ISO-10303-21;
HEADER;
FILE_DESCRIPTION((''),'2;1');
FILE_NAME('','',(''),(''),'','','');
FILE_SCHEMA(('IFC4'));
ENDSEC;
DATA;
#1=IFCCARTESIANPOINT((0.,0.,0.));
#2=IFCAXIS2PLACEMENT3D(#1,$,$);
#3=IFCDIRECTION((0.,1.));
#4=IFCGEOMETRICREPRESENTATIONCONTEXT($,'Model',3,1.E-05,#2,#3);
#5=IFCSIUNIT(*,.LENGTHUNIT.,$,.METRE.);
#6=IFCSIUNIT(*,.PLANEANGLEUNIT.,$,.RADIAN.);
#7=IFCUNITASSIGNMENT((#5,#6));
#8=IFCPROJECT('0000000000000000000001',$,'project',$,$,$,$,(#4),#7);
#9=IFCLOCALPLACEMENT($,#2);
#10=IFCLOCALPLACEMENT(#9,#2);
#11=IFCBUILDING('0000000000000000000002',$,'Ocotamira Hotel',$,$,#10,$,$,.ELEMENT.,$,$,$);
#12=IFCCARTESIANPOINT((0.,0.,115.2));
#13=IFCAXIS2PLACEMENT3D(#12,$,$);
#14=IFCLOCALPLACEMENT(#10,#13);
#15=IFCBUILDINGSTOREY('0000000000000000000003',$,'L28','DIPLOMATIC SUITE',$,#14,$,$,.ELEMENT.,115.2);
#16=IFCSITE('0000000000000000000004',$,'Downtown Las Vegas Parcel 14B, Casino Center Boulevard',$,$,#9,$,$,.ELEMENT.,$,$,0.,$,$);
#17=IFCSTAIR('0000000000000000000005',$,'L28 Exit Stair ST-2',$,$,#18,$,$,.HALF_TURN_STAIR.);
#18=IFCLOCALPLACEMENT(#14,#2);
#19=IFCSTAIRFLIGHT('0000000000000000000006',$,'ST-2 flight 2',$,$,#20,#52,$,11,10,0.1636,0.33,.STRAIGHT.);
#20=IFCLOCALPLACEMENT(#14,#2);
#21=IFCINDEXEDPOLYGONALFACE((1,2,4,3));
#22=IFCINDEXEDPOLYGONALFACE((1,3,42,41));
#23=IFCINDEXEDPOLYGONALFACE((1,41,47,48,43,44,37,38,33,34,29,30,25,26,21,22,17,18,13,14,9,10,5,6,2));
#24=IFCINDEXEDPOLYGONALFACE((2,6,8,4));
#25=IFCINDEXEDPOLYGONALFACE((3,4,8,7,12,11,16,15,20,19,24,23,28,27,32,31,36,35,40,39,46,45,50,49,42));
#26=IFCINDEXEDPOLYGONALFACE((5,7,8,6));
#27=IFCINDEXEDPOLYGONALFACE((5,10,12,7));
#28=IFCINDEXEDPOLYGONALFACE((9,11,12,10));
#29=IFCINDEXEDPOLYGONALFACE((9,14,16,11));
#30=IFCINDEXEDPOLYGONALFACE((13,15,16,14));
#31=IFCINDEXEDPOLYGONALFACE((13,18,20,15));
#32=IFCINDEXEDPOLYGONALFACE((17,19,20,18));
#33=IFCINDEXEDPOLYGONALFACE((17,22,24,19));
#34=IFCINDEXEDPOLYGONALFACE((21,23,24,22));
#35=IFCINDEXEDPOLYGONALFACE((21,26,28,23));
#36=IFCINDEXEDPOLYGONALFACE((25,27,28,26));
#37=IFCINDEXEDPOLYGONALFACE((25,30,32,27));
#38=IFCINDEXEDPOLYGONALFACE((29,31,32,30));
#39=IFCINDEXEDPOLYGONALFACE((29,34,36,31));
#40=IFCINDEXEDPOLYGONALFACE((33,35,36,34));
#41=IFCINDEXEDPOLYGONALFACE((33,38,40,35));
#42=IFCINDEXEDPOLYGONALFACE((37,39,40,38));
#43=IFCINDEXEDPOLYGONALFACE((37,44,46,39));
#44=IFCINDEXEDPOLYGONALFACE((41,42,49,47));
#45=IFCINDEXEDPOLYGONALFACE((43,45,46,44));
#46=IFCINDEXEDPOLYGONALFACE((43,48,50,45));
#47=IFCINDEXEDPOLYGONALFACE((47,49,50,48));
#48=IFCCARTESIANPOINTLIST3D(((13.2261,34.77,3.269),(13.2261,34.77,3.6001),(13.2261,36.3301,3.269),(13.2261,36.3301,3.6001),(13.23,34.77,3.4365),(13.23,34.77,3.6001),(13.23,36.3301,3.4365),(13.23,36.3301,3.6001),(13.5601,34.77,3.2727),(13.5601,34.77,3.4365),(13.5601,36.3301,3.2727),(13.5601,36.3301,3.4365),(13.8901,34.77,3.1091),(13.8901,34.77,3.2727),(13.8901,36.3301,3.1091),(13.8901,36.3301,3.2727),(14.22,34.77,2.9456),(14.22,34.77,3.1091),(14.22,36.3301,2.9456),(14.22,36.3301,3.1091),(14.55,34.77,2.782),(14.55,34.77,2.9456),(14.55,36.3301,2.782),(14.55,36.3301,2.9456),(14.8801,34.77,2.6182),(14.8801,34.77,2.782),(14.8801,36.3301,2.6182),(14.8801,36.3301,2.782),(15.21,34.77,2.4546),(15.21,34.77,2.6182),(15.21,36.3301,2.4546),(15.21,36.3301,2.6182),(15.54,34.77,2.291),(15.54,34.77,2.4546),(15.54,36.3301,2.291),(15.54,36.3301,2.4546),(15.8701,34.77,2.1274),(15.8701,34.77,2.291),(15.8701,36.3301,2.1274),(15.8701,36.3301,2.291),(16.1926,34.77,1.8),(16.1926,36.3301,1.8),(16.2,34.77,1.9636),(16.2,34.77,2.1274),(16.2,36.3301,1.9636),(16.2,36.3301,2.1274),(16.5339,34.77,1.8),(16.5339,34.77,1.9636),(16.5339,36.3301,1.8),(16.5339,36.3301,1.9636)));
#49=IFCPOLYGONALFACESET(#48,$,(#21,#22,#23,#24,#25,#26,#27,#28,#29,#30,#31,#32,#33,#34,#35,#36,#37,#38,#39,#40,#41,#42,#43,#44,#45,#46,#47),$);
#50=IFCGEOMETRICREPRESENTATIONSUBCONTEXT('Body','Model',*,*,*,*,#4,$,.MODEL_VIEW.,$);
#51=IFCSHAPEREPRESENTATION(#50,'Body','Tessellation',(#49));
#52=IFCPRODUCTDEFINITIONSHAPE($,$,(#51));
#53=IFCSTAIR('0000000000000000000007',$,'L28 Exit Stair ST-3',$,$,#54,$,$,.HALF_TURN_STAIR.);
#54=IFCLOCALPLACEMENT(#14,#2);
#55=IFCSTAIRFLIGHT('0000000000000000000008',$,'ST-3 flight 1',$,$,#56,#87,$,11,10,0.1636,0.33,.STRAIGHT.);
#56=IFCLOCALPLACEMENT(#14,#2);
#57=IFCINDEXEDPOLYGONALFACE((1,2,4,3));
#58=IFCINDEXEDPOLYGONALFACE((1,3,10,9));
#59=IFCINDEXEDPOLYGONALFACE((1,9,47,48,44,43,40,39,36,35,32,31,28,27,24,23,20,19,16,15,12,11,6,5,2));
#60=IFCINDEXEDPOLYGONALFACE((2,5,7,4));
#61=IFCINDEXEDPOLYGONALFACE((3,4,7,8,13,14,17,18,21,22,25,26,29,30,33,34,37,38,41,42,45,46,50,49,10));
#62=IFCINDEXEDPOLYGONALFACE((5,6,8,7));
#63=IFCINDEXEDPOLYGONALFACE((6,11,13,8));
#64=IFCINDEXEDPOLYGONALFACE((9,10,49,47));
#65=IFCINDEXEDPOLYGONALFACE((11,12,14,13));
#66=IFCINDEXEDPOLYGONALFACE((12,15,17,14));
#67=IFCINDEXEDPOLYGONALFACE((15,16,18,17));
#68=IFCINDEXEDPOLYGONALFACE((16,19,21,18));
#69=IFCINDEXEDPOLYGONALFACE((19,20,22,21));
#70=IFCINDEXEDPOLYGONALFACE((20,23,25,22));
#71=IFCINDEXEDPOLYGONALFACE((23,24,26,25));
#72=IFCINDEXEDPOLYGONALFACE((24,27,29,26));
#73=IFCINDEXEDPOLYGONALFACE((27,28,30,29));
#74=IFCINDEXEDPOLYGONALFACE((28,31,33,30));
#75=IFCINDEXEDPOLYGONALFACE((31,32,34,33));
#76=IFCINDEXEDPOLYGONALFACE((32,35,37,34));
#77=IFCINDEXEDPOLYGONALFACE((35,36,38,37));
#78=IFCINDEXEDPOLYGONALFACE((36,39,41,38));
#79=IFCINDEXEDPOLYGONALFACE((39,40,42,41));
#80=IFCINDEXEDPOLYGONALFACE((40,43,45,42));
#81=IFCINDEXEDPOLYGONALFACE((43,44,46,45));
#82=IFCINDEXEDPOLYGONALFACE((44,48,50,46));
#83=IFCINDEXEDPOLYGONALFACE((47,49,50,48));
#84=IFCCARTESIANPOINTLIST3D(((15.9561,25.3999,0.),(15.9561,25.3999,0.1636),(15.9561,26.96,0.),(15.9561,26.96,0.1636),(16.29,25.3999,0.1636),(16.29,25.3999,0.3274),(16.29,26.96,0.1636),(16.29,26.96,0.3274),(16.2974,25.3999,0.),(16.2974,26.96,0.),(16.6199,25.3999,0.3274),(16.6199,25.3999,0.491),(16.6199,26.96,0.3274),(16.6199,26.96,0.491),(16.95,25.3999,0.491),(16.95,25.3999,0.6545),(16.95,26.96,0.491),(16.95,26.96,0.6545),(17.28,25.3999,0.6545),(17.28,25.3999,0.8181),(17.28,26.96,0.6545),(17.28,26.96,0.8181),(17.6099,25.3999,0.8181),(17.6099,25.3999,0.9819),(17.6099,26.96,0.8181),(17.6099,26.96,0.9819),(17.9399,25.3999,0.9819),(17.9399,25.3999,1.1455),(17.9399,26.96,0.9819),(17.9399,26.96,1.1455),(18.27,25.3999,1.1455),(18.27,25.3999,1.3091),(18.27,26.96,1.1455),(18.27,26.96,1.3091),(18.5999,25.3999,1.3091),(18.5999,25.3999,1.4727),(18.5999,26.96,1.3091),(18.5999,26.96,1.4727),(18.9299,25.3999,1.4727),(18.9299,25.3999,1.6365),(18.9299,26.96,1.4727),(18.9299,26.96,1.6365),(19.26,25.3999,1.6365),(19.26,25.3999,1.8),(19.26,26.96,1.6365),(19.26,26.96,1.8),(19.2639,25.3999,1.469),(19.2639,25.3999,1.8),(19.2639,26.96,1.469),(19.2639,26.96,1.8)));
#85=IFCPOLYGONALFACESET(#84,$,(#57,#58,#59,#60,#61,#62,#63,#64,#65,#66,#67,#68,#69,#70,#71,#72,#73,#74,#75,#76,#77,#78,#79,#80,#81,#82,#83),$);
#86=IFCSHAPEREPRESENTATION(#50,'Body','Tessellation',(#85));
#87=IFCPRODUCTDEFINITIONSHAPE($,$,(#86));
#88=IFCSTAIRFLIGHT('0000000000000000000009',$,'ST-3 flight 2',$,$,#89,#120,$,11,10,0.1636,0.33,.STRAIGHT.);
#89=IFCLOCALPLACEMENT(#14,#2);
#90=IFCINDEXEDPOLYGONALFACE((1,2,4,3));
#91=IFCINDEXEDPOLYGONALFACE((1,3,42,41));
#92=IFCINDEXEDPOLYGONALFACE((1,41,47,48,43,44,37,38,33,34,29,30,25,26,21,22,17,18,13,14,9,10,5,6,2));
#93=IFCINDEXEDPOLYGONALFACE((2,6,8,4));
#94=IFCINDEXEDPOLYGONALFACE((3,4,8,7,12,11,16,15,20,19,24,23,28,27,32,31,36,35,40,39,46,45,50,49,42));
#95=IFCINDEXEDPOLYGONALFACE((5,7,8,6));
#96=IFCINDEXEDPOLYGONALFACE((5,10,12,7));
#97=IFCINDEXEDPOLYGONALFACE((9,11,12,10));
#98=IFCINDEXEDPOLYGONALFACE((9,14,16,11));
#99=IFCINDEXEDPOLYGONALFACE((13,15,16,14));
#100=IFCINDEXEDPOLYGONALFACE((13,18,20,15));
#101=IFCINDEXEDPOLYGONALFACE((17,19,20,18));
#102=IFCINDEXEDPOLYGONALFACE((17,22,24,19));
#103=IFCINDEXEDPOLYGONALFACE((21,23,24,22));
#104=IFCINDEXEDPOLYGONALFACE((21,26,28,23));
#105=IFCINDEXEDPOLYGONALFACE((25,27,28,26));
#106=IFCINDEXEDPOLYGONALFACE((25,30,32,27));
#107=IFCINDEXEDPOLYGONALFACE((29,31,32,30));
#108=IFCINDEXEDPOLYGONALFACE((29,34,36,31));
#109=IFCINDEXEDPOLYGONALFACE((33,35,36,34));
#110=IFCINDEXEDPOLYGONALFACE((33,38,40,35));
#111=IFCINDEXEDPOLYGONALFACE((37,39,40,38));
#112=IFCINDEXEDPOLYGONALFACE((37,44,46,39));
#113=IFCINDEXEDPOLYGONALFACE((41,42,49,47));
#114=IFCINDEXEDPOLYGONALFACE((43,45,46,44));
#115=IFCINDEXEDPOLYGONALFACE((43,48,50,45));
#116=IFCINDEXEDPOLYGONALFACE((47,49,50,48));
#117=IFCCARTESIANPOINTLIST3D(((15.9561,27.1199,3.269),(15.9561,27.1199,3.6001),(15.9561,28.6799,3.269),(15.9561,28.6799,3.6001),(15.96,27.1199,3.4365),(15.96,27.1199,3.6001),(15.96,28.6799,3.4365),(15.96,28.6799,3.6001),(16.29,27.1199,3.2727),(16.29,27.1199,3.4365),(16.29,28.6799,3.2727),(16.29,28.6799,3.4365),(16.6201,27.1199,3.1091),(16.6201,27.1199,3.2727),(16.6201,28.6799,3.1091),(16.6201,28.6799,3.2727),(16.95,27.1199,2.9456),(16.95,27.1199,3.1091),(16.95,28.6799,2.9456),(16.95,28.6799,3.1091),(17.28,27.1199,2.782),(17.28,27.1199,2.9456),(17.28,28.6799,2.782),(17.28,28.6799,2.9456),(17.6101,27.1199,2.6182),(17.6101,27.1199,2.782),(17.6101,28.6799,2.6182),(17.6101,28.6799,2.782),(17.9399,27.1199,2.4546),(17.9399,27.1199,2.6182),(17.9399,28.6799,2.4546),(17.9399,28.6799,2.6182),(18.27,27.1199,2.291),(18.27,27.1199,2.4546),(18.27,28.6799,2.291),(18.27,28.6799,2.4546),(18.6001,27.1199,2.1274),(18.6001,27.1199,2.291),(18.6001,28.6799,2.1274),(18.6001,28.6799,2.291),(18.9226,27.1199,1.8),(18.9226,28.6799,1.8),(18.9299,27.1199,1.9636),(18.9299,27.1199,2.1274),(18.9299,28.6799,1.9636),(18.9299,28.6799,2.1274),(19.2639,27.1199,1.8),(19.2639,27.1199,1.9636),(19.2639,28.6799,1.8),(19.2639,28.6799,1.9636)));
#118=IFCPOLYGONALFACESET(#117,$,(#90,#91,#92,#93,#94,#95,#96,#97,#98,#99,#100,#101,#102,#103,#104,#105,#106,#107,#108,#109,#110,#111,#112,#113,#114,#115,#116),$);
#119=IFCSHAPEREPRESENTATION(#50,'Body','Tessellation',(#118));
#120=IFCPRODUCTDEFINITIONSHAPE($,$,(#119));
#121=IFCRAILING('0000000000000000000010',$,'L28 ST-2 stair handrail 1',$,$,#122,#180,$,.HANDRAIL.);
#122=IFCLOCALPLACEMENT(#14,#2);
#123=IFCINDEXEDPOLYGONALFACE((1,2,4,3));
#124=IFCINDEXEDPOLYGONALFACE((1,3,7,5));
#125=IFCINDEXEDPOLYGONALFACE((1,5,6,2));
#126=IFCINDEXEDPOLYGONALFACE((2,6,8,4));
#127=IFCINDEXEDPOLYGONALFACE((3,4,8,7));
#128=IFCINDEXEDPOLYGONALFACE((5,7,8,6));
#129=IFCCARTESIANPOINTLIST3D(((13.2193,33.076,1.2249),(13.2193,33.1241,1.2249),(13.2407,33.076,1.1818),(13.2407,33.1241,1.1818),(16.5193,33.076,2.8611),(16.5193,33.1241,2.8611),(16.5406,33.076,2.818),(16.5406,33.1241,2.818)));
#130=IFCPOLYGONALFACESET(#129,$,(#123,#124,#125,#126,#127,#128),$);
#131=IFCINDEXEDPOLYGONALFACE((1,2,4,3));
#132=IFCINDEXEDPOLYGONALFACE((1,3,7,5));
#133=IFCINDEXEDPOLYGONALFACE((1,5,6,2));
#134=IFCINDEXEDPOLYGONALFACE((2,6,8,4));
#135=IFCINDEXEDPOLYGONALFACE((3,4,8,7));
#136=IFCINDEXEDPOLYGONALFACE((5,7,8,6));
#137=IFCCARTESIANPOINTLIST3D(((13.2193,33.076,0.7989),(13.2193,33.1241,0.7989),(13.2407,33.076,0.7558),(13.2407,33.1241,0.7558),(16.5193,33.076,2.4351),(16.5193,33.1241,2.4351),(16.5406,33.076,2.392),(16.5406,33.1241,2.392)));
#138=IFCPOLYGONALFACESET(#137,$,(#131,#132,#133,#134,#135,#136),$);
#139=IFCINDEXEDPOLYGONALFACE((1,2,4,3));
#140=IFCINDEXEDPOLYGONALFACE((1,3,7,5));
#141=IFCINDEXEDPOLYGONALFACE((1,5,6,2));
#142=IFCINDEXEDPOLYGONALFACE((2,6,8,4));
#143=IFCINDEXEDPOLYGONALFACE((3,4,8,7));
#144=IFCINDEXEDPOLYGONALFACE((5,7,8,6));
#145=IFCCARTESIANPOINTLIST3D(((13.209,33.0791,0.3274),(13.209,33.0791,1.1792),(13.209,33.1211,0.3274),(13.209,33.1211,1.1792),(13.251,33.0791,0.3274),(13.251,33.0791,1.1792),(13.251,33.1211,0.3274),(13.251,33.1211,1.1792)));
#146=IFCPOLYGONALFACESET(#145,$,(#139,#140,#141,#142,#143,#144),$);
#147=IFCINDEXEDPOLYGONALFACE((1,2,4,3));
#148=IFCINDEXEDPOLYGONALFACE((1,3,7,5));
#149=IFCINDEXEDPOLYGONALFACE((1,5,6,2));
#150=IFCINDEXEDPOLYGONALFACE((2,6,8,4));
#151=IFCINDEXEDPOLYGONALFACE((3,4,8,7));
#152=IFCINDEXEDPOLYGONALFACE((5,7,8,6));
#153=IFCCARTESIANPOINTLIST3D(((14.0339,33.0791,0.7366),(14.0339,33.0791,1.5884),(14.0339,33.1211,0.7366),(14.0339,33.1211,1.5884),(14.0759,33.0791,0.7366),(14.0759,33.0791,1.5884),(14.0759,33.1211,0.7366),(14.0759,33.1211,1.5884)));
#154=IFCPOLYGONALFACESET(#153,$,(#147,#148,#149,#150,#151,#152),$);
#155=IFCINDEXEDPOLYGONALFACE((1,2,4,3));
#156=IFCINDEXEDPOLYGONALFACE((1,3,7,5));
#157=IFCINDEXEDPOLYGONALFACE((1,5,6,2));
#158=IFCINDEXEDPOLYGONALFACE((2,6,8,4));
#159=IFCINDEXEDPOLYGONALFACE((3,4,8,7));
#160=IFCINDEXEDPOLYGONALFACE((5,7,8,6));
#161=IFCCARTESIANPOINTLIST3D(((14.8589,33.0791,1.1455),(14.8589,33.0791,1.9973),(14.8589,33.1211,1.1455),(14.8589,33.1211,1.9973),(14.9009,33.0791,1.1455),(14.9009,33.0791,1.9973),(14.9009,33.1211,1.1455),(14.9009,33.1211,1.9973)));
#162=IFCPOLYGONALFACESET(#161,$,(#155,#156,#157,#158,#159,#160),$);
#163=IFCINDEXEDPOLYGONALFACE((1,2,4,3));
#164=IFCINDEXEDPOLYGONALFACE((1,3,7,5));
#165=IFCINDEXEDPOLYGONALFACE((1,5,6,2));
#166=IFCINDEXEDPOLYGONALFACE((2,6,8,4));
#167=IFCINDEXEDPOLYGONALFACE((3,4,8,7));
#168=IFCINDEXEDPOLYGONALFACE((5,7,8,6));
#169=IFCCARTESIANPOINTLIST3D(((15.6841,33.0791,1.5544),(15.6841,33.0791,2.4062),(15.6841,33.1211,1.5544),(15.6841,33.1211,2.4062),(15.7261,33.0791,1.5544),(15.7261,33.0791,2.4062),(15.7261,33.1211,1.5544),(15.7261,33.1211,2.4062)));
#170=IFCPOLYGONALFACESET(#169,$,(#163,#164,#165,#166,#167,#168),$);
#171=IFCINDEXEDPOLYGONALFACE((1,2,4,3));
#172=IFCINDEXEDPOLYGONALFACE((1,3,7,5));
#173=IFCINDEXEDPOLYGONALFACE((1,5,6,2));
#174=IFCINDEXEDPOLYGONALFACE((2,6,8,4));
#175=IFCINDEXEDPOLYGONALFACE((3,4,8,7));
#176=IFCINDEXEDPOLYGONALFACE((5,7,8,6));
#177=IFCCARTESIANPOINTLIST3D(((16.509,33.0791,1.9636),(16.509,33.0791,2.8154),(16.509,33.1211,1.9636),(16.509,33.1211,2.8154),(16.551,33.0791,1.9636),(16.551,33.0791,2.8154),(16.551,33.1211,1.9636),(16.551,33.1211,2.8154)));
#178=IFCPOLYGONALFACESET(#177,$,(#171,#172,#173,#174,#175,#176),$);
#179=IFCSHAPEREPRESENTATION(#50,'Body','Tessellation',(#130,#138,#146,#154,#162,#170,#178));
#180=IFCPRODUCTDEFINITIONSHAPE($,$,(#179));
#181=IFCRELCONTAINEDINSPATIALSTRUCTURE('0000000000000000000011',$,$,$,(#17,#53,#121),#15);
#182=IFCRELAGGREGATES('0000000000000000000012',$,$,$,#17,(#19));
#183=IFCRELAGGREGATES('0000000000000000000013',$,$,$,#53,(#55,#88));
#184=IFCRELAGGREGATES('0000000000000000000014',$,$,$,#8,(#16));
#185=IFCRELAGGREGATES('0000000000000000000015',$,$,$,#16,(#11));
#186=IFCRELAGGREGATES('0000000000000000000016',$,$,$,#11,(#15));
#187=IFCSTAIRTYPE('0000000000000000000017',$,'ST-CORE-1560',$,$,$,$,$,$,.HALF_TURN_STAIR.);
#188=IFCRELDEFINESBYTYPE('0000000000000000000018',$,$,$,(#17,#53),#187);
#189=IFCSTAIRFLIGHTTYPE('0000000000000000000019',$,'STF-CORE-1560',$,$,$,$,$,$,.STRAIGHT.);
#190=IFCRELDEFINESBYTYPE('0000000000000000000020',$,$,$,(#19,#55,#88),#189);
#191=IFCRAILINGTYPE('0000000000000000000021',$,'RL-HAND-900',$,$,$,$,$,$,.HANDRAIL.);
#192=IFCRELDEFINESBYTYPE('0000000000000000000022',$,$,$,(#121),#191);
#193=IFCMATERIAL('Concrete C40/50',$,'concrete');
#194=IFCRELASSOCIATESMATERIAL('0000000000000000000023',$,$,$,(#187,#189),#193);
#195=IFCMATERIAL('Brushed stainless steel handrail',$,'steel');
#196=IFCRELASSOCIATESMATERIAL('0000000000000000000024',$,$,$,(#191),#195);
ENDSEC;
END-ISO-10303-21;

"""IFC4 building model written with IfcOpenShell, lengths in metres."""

from ifc_helpers import new_model, si_unit, direction, frame, origin, origin_2d, place, context, subcontext, project, spatial, polyline, rectangle, outline, extrude, source, transform, mapped, material, type_object, element, aggregate, save


model = new_model("IFC4")

# Units and contexts
model_context = context("Model", 3, precision=1e-05, world=origin(), true_north=direction((0.0, 1.0)))
body_context = subcontext(model_context, "Body", "Model", "MODEL_VIEW")
ifc_project = project(units=[si_unit("LENGTHUNIT", "METRE"), si_unit("PLANEANGLEUNIT", "RADIAN")], contexts=[model_context])

# Site, building, storey
site_placement = place(None, origin())
site = spatial("IfcSite", under=ifc_project, at=site_placement, Name="Downtown Las Vegas Parcel 14B, Casino Center Boulevard", CompositionType="ELEMENT", RefElevation=0.0)
building_placement = place(site_placement, origin())
building = spatial("IfcBuilding", under=site, at=building_placement, Name="Ocotamira Hotel", CompositionType="ELEMENT")
storey_placement = place(building_placement, frame((0.0, 0.0, 115.2)))
storey = spatial("IfcBuildingStorey", under=building, at=storey_placement, Name="L28", Description="DIPLOMATIC SUITE", CompositionType="ELEMENT", Elevation=115.2)

# Stairs, stair flights
ifc_material_1 = material(Name="Concrete C40/50", Category="concrete")
stair_type = type_object("IfcStairType", Name="ST-CORE-1560", PredefinedType="HALF_TURN_STAIR", material=ifc_material_1)
stair_1_placement = place(storey_placement, origin())
stair_1 = element("IfcStair", 1, at=stair_1_placement, inside=storey, type_object=stair_type, Name="L28 Exit Stair ST-2", PredefinedType="HALF_TURN_STAIR")
stair_flight_type = type_object("IfcStairFlightType", Name="STF-CORE-1560", PredefinedType="STRAIGHT", material=ifc_material_1)
shared_shape_1 = source(origin(), body_context, "Body", "SweptSolid", [
    extrude(outline(polyline([(-0.0039, 0.0), (-0.0039, 0.1636), (0.3301, 0.1636), (0.3301, 0.3274), (0.6599, 0.3274), (0.6599, 0.491), (0.99, 0.491), (0.99, 0.6545), (1.3201, 0.6545), (1.3201, 0.8181), (1.6499, 0.8181), (1.6499, 0.9819), (1.98, 0.9819), (1.98, 1.1455), (2.3101, 1.1455), (2.3101, 1.3091), (2.6399, 1.3091), (2.6399, 1.4727), (2.97, 1.4727), (2.97, 1.6365), (3.3, 1.6365), (3.3, 1.8), (3.304, 1.8), (3.304, 1.469), (0.3374, 0.0), (-0.0039, 0.0)])), frame((0.0, 0.78, 0.0), z_axis=(0.0, -1.0, 0.0), x_axis=(1.0, 0.0, 0.0)), (0.0, 0.0, 1.0), 1.5601),
])
stair_flight_1_placement = place(storey_placement, frame((16.53, 35.55, 1.8), z_axis=(0.0, 0.0, 1.0), x_axis=(-1.0, 0.0, 0.0)))
stair_flight_1 = element("IfcStairFlight", 2, at=stair_flight_1_placement, type_object=stair_flight_type, Name="ST-2 flight 2", NumberOfRisers=11, NumberOfTreads=10, PredefinedType="STRAIGHT", RiserHeight=0.1636, TreadLength=0.33, context=body_context, shape_type="MappedRepresentation", body=[
    mapped(shared_shape_1, transform((0.0, 0.0, 0.0), scale=1.0)),
])
aggregate(stair_1, [stair_flight_1])
stair_2_placement = place(storey_placement, origin())
stair_2 = element("IfcStair", 3, at=stair_2_placement, inside=storey, type_object=stair_type, Name="L28 Exit Stair ST-3", PredefinedType="HALF_TURN_STAIR")
stair_flight_2_placement = place(storey_placement, frame((15.96, 26.1799, 0.0), z_axis=(0.0, 0.0, 1.0), x_axis=(1.0, 0.0, 0.0)))
stair_flight_2 = element("IfcStairFlight", 4, at=stair_flight_2_placement, type_object=stair_flight_type, Name="ST-3 flight 1", NumberOfRisers=11, NumberOfTreads=10, PredefinedType="STRAIGHT", RiserHeight=0.1636, TreadLength=0.33, context=body_context, shape_type="MappedRepresentation", body=[
    mapped(shared_shape_1, transform((0.0, 0.0, 0.0), scale=1.0)),
])
stair_flight_3_placement = place(storey_placement, frame((19.26, 27.8999, 1.8), z_axis=(0.0, 0.0, 1.0), x_axis=(-1.0, 0.0, 0.0)))
stair_flight_3 = element("IfcStairFlight", 5, at=stair_flight_3_placement, type_object=stair_flight_type, Name="ST-3 flight 2", NumberOfRisers=11, NumberOfTreads=10, PredefinedType="STRAIGHT", RiserHeight=0.1636, TreadLength=0.33, context=body_context, shape_type="MappedRepresentation", body=[
    mapped(shared_shape_1, transform((0.0, 0.0, 0.0), scale=1.0)),
])
aggregate(stair_2, [stair_flight_2, stair_flight_3])

# Railing
ifc_material_2 = material(Name="Brushed stainless steel handrail", Category="steel")
railing_type_1 = type_object("IfcRailingType", Name="RL-HAND-900", PredefinedType="HANDRAIL", material=ifc_material_2)
railing_1_placement = place(storey_placement, frame((13.23, 33.1001, 0.3274)))
element("IfcRailing", 6, at=railing_1_placement, inside=storey, type_object=railing_type_1, Name="L28 ST-2 stair handrail 1", PredefinedType="HANDRAIL", context=body_context, shape_type="SweptSolid", body=[
    extrude(rectangle(XDim=0.0481, YDim=0.0481, at=origin_2d()), frame((0.0, 0.0, 0.876), z_axis=(0.89592, 0.0, 0.444215), x_axis=(0.0, 1.0, 0.0)), (0.0, 0.0, 1.0), 3.6833),
    extrude(rectangle(XDim=0.0481, YDim=0.0481, at=origin_2d()), frame((0.0, 0.0, 0.45), z_axis=(0.89592, 0.0, 0.444215), x_axis=(0.0, 1.0, 0.0)), (0.0, 0.0, 1.0), 3.6833),
    extrude(rectangle(XDim=0.042, YDim=0.042, at=origin_2d()), origin(), (0.0, 0.0, 1.0), 0.8518),
    extrude(rectangle(XDim=0.042, YDim=0.042, at=origin_2d()), frame((0.825, 0.0, 0.4092)), (0.0, 0.0, 1.0), 0.8518),
    extrude(rectangle(XDim=0.042, YDim=0.042, at=origin_2d()), frame((1.6499, 0.0, 0.8181)), (0.0, 0.0, 1.0), 0.8518),
    extrude(rectangle(XDim=0.042, YDim=0.042, at=origin_2d()), frame((2.4751, 0.0, 1.2271)), (0.0, 0.0, 1.0), 0.8518),
    extrude(rectangle(XDim=0.042, YDim=0.042, at=origin_2d()), frame((3.3, 0.0, 1.6362)), (0.0, 0.0, 1.0), 0.8518),
])

save(model, "model.ifc")
